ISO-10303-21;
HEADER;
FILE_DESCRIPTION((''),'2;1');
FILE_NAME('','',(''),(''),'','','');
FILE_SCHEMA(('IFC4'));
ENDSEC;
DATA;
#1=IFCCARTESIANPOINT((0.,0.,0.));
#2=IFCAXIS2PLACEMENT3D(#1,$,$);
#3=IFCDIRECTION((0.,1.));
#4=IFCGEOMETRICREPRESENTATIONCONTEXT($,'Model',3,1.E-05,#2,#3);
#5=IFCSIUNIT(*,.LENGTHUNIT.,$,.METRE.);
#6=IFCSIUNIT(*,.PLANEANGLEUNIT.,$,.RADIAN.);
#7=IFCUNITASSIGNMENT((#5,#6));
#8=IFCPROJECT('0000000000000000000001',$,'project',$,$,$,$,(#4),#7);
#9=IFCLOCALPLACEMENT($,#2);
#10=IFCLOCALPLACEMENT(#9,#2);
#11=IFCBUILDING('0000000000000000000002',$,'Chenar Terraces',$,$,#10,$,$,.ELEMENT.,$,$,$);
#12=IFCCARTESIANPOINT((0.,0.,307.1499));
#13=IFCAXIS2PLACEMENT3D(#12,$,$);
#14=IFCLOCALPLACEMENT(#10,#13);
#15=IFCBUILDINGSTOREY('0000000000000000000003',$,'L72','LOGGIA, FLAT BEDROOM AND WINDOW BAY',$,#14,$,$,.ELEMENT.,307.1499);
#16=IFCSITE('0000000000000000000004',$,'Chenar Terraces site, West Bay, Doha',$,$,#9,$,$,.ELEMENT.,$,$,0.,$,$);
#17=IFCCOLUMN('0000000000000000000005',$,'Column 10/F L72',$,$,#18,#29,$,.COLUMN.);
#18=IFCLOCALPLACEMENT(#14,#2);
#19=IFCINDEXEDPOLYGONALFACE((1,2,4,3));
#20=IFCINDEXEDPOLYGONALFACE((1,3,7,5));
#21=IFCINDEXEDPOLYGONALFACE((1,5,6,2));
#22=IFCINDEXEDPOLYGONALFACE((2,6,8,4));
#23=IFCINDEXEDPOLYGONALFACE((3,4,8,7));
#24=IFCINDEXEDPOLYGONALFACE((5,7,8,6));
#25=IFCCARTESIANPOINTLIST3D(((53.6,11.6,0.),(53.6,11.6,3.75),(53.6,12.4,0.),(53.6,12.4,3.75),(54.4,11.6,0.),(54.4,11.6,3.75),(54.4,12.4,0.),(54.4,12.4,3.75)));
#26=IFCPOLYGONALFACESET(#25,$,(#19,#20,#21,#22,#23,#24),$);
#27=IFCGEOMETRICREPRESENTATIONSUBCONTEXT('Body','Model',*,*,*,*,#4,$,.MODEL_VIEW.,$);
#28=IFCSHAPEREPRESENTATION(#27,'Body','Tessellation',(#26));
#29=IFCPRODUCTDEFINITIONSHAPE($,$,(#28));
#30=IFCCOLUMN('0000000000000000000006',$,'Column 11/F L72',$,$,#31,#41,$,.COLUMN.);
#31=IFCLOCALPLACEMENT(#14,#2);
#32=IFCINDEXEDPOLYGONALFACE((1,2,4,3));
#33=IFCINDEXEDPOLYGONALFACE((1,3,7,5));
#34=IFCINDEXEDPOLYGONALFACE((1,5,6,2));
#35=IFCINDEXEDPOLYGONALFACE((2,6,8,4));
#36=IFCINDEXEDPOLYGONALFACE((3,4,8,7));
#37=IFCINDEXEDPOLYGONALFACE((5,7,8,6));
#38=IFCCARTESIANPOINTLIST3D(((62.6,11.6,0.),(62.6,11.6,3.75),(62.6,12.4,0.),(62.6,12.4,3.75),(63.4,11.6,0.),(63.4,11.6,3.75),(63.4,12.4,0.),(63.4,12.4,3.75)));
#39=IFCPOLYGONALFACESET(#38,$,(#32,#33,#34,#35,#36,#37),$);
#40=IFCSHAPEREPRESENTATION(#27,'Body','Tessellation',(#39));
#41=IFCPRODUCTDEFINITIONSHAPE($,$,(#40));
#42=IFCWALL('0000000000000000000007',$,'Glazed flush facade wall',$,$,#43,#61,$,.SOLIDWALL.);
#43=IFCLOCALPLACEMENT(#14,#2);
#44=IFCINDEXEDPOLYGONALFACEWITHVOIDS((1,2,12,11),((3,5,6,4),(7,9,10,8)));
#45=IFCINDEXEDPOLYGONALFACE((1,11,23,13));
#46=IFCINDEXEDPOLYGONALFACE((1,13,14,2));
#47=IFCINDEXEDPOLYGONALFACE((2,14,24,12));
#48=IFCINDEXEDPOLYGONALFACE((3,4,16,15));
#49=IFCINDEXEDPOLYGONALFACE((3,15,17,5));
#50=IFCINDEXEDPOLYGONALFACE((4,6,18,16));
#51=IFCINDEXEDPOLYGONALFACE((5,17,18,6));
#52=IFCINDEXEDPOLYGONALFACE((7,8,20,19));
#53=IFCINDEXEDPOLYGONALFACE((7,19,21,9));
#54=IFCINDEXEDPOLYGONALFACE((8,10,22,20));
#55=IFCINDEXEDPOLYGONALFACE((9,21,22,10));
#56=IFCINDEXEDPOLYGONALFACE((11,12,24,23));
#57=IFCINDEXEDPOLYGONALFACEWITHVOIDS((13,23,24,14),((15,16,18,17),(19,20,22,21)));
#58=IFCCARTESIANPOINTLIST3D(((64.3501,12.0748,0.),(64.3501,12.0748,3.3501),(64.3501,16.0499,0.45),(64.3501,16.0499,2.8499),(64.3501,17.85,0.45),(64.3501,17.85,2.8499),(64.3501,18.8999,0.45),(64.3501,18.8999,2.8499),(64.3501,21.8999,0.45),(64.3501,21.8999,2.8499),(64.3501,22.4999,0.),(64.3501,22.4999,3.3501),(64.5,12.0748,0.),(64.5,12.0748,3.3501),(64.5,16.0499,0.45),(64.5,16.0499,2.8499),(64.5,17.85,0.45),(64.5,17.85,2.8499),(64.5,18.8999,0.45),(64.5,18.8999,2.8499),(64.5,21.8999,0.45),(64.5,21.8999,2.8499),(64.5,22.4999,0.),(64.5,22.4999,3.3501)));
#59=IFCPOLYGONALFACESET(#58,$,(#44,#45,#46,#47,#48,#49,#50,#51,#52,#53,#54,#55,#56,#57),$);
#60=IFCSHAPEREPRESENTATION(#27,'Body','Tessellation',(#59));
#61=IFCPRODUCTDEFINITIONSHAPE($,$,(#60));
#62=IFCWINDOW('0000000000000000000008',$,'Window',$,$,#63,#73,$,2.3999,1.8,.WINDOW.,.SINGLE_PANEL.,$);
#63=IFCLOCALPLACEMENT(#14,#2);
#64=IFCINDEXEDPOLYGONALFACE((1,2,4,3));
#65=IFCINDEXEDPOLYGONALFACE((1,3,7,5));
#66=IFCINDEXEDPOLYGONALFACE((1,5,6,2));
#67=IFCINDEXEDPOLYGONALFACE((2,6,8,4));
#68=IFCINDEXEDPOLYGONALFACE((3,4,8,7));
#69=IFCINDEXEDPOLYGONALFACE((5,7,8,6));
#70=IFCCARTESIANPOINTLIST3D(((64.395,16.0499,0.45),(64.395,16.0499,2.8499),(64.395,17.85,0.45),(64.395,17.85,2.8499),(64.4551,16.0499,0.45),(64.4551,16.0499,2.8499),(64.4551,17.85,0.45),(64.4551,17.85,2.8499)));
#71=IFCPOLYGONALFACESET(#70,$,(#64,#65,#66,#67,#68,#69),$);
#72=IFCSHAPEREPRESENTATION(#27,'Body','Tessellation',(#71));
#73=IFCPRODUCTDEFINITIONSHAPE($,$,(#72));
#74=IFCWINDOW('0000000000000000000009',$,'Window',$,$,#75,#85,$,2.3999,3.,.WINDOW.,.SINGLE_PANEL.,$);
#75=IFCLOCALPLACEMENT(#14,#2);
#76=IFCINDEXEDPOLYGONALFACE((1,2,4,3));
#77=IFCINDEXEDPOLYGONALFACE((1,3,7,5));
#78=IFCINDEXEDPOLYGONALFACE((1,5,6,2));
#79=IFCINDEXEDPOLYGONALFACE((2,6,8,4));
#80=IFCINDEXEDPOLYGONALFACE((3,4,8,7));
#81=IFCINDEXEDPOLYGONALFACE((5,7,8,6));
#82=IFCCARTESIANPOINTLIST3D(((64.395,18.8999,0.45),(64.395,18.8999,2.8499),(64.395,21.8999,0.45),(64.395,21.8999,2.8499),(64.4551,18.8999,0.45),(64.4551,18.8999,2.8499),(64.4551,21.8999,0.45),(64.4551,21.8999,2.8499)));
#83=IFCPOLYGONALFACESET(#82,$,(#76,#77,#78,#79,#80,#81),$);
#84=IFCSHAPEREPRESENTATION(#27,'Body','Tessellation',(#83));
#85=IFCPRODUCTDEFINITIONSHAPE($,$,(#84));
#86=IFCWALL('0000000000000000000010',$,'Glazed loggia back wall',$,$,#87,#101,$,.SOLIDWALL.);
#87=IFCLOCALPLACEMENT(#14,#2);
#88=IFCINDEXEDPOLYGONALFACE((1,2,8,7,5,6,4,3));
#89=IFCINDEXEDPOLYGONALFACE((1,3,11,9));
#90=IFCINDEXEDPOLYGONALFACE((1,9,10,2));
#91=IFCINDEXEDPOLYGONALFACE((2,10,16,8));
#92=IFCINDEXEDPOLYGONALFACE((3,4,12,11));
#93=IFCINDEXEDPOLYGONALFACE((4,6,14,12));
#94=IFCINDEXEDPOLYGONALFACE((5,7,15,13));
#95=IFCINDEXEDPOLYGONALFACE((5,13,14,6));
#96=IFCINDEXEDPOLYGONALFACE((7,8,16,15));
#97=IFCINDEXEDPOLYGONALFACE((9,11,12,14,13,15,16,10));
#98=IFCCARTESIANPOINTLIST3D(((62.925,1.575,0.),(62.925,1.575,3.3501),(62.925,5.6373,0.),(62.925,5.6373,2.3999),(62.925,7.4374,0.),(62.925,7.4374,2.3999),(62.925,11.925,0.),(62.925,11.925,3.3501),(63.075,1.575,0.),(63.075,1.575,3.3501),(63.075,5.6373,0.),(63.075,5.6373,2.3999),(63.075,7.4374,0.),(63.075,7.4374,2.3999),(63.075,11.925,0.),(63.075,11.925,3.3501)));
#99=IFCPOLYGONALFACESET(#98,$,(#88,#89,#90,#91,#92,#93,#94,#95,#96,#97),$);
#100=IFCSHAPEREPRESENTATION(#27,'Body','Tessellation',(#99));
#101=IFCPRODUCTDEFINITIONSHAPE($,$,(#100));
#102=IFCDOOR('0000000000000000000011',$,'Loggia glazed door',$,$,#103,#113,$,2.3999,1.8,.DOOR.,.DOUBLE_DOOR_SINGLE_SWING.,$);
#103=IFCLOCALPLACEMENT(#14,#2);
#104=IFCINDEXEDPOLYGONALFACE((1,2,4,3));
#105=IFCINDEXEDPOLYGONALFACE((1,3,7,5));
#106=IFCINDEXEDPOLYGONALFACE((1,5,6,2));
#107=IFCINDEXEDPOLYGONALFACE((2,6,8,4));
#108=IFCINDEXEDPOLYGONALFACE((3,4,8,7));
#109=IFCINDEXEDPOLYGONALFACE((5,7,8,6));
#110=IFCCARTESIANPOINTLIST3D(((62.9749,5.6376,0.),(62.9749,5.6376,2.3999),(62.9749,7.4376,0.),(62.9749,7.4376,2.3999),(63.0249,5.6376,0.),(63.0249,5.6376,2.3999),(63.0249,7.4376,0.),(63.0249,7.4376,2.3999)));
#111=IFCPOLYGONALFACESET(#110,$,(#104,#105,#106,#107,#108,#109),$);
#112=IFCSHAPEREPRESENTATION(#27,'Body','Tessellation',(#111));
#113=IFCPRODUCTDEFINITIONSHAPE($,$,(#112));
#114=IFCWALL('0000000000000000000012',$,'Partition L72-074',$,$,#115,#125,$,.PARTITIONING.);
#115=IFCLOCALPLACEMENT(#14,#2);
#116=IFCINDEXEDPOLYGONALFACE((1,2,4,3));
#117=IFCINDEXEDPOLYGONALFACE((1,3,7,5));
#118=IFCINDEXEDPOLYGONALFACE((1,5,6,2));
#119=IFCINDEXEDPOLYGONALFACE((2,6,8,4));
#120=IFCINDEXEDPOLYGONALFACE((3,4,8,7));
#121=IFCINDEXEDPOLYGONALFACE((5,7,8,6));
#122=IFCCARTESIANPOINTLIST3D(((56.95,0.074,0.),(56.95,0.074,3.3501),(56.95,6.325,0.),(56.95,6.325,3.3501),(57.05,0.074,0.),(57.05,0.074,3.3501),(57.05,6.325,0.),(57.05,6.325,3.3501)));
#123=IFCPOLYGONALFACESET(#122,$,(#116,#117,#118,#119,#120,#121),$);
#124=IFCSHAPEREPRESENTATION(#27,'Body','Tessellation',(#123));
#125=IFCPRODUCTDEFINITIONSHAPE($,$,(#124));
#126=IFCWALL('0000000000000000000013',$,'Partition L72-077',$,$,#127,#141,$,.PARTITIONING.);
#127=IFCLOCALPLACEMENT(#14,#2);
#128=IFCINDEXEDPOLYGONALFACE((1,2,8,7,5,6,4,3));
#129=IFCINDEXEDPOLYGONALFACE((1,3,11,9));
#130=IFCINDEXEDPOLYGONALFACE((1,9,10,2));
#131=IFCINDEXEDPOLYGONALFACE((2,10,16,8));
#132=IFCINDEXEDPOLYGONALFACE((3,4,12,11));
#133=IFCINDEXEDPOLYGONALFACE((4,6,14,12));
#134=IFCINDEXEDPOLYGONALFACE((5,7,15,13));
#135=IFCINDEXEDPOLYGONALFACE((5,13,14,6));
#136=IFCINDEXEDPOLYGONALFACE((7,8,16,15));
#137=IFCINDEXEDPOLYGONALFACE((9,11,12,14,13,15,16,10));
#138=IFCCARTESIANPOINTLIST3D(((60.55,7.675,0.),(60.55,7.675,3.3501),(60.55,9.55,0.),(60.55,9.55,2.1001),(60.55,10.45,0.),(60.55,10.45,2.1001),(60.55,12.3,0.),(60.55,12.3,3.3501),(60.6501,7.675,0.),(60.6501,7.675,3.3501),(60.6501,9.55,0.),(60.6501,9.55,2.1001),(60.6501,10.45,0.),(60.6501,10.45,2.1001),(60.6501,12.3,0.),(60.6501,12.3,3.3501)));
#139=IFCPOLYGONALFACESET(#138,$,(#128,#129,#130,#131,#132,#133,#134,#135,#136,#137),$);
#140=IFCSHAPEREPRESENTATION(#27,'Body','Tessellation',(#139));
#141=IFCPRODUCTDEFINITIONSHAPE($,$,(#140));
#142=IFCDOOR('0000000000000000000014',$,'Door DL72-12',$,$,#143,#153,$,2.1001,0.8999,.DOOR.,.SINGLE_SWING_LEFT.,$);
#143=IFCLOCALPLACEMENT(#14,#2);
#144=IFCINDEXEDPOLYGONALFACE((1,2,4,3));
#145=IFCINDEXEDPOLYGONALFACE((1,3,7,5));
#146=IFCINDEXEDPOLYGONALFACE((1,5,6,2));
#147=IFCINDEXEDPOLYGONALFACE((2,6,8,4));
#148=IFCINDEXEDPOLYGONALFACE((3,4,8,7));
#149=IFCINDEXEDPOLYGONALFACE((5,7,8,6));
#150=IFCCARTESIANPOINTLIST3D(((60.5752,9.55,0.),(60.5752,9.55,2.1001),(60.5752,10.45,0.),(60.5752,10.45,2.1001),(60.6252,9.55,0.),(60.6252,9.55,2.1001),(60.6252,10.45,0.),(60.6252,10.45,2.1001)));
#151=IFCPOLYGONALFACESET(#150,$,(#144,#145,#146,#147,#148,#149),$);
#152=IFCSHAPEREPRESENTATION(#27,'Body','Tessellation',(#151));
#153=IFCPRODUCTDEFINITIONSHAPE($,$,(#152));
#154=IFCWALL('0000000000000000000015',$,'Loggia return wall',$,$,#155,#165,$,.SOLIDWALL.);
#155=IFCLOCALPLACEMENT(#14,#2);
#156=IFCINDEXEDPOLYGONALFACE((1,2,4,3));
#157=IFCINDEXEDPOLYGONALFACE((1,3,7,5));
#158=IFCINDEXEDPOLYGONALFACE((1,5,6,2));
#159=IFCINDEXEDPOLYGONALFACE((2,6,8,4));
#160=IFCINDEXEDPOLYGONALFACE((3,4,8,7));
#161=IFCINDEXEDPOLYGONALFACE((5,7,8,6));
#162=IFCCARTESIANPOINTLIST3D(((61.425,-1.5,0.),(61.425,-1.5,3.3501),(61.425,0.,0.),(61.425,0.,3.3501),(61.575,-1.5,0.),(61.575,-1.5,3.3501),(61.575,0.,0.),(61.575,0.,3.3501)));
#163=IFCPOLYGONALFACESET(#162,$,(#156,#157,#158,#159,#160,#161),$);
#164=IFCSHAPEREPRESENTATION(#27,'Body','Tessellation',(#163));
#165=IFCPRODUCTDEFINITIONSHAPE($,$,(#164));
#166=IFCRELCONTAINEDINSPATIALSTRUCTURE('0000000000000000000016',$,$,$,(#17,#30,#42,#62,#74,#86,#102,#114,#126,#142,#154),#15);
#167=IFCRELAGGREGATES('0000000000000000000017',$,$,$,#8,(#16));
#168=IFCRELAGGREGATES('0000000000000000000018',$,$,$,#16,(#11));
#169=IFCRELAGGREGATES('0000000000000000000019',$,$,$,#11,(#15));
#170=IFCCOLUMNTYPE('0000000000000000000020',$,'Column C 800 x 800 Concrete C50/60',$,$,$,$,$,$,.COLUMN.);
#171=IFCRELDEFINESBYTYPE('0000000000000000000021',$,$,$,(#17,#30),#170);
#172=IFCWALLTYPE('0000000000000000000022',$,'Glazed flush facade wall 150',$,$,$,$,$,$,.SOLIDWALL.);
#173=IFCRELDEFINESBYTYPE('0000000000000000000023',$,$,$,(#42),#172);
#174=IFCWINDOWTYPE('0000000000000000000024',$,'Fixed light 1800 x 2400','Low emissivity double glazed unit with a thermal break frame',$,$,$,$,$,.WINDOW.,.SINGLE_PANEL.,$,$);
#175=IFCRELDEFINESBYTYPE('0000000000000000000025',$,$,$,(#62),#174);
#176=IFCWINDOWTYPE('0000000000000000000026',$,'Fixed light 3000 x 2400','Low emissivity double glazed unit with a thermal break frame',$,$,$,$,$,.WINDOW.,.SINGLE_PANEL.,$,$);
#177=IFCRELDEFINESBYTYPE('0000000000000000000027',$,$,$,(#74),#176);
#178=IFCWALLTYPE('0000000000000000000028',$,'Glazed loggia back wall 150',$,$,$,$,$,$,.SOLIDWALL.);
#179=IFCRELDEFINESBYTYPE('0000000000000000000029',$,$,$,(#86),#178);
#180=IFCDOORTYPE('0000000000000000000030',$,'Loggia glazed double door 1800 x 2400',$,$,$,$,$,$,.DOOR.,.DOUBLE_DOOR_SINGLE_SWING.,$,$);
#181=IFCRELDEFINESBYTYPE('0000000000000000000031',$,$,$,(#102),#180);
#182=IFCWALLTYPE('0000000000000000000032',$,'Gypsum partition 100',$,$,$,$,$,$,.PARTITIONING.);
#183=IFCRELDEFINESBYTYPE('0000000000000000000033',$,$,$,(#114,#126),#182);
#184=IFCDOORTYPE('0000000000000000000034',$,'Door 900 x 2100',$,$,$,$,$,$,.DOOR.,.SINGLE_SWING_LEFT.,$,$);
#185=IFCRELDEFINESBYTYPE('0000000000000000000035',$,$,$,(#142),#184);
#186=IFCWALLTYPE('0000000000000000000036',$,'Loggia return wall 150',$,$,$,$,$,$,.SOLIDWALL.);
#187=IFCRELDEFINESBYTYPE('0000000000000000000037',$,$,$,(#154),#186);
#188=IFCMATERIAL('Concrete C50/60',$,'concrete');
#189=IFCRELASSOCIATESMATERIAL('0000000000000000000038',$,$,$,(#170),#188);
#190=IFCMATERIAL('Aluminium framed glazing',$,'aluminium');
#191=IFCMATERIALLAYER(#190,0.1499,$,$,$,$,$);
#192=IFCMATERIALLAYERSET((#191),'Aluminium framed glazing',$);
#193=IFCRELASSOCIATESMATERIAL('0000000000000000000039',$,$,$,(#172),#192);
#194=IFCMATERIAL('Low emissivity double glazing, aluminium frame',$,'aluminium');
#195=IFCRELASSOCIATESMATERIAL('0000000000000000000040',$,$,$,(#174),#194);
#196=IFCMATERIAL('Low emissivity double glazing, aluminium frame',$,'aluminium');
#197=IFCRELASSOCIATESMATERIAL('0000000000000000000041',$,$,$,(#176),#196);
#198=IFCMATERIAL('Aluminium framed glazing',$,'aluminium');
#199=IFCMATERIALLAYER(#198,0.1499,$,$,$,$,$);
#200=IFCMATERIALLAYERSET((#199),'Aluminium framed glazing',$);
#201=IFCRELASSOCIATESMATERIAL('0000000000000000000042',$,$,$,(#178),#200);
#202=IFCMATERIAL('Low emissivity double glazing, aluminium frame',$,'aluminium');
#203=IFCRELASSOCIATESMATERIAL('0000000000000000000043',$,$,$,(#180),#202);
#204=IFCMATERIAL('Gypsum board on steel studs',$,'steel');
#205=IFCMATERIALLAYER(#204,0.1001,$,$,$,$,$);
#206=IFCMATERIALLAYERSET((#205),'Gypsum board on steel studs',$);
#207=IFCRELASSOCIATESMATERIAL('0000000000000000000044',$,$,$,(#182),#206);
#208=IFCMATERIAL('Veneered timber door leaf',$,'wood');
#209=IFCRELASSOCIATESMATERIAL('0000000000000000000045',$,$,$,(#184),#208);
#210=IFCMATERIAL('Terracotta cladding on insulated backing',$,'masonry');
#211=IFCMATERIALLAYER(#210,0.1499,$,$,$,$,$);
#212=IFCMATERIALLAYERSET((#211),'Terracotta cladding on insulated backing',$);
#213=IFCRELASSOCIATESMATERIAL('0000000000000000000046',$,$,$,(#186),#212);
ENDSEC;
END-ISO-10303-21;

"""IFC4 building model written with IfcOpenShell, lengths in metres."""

from ifc_helpers import new_model, si_unit, direction, frame, frame_2d, origin, origin_2d, place, context, subcontext, project, spatial, rectangle, extrude, material, layer, layer_set, material_profile, profile_set, type_object, element, fill, save


model = new_model("IFC4")

# Units and contexts
model_context = context("Model", 3, precision=1e-05, world=origin(), true_north=direction((0.0, 1.0)))
body_context = subcontext(model_context, "Body", "Model", "MODEL_VIEW")
ifc_project = project(units=[si_unit("LENGTHUNIT", "METRE"), si_unit("PLANEANGLEUNIT", "RADIAN")], contexts=[model_context])

# Site, building, storey
site_placement = place(None, origin())
site = spatial("IfcSite", under=ifc_project, at=site_placement, Name="Chenar Terraces site, West Bay, Doha", CompositionType="ELEMENT", RefElevation=0.0)
building_placement = place(site_placement, origin())
building = spatial("IfcBuilding", under=site, at=building_placement, Name="Chenar Terraces", CompositionType="ELEMENT")
storey_placement = place(building_placement, frame((0.0, 0.0, 307.1499)))
storey = spatial("IfcBuildingStorey", under=building, at=storey_placement, Name="L72", Description="LOGGIA, FLAT BEDROOM AND WINDOW BAY", CompositionType="ELEMENT", Elevation=307.1499)

# Columns
ifc_material_1 = material(Name="Concrete C50/60", Category="concrete")
ifc_material_profile = material_profile(ifc_material_1, rectangle(XDim=0.8, YDim=0.8, at=origin_2d()), Name="C 800 x 800")
ifc_profile_set = profile_set([ifc_material_profile], Name="Concrete C50/60")
column_type = type_object("IfcColumnType", Name="Column C 800 x 800 Concrete C50/60", PredefinedType="COLUMN", material=ifc_profile_set)
for number, where, z_axis, x_axis, name in (
    (1, (54.0, 12.0, 0.0), (0.0, 0.0, 1.0), (1.0, 0.0, 0.0), "Column 10/F L72"),
    (2, (63.0, 12.0, 0.0), (0.0, 0.0, 1.0), (1.0, 0.0, 0.0), "Column 11/F L72"),
):
    element("IfcColumn", number, at=place(storey_placement, frame(where, z_axis=z_axis, x_axis=x_axis)), inside=storey, type_object=column_type, Name=name, PredefinedType="COLUMN", context=body_context, shape_type="SweptSolid", body=[
        extrude(rectangle(XDim=0.8, YDim=0.8, at=origin_2d()), origin(), (0.0, 0.0, 1.0), 3.75),
    ])

# Wall, openings, windows
ifc_material_2 = material(Name="Aluminium framed glazing", Category="aluminium")
ifc_layer_1 = layer(ifc_material_2, 0.1499)
ifc_layer_set_1 = layer_set([ifc_layer_1], Name="Aluminium framed glazing")
wall_type_1 = type_object("IfcWallType", Name="Glazed flush facade wall 150", PredefinedType="SOLIDWALL", material=ifc_layer_set_1)
wall_1_placement = place(storey_placement, frame((64.425, 12.075, 0.0), z_axis=(0.0, 0.0, 1.0), x_axis=(0.0, 1.0, 0.0)))
wall_1 = element("IfcWall", 3, at=wall_1_placement, inside=storey, type_object=wall_type_1, Name="Glazed flush facade wall", PredefinedType="SOLIDWALL", context=body_context, shape_type="SweptSolid", body=[
    extrude(rectangle(XDim=10.425, YDim=0.1499, at=frame_2d((5.2124, 0.0))), origin(), (0.0, 0.0, 1.0), 3.3501),
])
opening_1_placement = place(wall_1_placement, frame((3.9751, 0.0, 0.45)))
opening_1 = element("IfcOpeningElement", 4, at=opening_1_placement, cuts=wall_1, PredefinedType="OPENING", context=body_context, shape_type="SweptSolid", body=[
    extrude(rectangle(XDim=1.8, YDim=2.3999, at=frame_2d((0.8999, 1.2))), frame((0.0, 0.085, 0.0), z_axis=(0.0, -1.0, 0.0), x_axis=(1.0, 0.0, 0.0)), (0.0, 0.0, 1.0), 0.1699),
])
opening_2_placement = place(wall_1_placement, frame((6.825, 0.0, 0.45)))
opening_2 = element("IfcOpeningElement", 5, at=opening_2_placement, cuts=wall_1, PredefinedType="OPENING", context=body_context, shape_type="SweptSolid", body=[
    extrude(rectangle(XDim=3.0, YDim=2.3999, at=frame_2d((1.5, 1.2))), frame((0.0, 0.085, 0.0), z_axis=(0.0, -1.0, 0.0), x_axis=(1.0, 0.0, 0.0)), (0.0, 0.0, 1.0), 0.1699),
])
ifc_material_3 = material(Name="Low emissivity double glazing, aluminium frame", Category="aluminium")
window_type_1 = type_object("IfcWindowType", Name="Fixed light 1800 x 2400", Description="Low emissivity double glazed unit with a thermal break frame", PartitioningType="SINGLE_PANEL", PredefinedType="WINDOW", material=ifc_material_3)
window_1_placement = place(opening_1_placement, origin())
window_1 = element("IfcWindow", 6, at=window_1_placement, inside=storey, type_object=window_type_1, Name="Window", OverallHeight=2.3999, OverallWidth=1.8, PartitioningType="SINGLE_PANEL", PredefinedType="WINDOW", context=body_context, shape_type="SweptSolid", body=[
    extrude(rectangle(XDim=1.8, YDim=2.3999, at=frame_2d((0.8999, 1.2))), frame((0.0, 0.03, 0.0), z_axis=(0.0, -1.0, 0.0), x_axis=(1.0, 0.0, 0.0)), (0.0, 0.0, 1.0), 0.0601),
])
fill(opening_1, window_1)
ifc_material_4 = material(Name="Low emissivity double glazing, aluminium frame", Category="aluminium")
window_type_2 = type_object("IfcWindowType", Name="Fixed light 3000 x 2400", Description="Low emissivity double glazed unit with a thermal break frame", PartitioningType="SINGLE_PANEL", PredefinedType="WINDOW", material=ifc_material_4)
window_2_placement = place(opening_2_placement, origin())
window_2 = element("IfcWindow", 7, at=window_2_placement, inside=storey, type_object=window_type_2, Name="Window", OverallHeight=2.3999, OverallWidth=3.0, PartitioningType="SINGLE_PANEL", PredefinedType="WINDOW", context=body_context, shape_type="SweptSolid", body=[
    extrude(rectangle(XDim=3.0, YDim=2.3999, at=frame_2d((1.5, 1.2))), frame((0.0, 0.03, 0.0), z_axis=(0.0, -1.0, 0.0), x_axis=(1.0, 0.0, 0.0)), (0.0, 0.0, 1.0), 0.0601),
])
fill(opening_2, window_2)

# Wall, opening, door
ifc_material_5 = material(Name="Aluminium framed glazing", Category="aluminium")
ifc_layer_2 = layer(ifc_material_5, 0.1499)
ifc_layer_set_2 = layer_set([ifc_layer_2], Name="Aluminium framed glazing")
wall_type_2 = type_object("IfcWallType", Name="Glazed loggia back wall 150", PredefinedType="SOLIDWALL", material=ifc_layer_set_2)
wall_2_placement = place(storey_placement, frame((63.0, 1.575, 0.0), z_axis=(0.0, 0.0, 1.0), x_axis=(0.0, 1.0, 0.0)))
wall_2 = element("IfcWall", 8, at=wall_2_placement, inside=storey, type_object=wall_type_2, Name="Glazed loggia back wall", PredefinedType="SOLIDWALL", context=body_context, shape_type="SweptSolid", body=[
    extrude(rectangle(XDim=10.3501, YDim=0.1499, at=frame_2d((5.175, 0.0))), origin(), (0.0, 0.0, 1.0), 3.3501),
])
opening_3_placement = place(wall_2_placement, frame((4.0625, 0.0, 0.0)))
opening_3 = element("IfcOpeningElement", 9, at=opening_3_placement, cuts=wall_2, PredefinedType="OPENING", context=body_context, shape_type="SweptSolid", body=[
    extrude(rectangle(XDim=1.8, YDim=2.3999, at=frame_2d((0.8999, 1.2))), frame((0.0, 0.085, 0.0), z_axis=(0.0, -1.0, 0.0), x_axis=(1.0, 0.0, 0.0)), (0.0, 0.0, 1.0), 0.1699),
])
ifc_material_6 = material(Name="Low emissivity double glazing, aluminium frame", Category="aluminium")
door_type_1 = type_object("IfcDoorType", Name="Loggia glazed double door 1800 x 2400", OperationType="DOUBLE_DOOR_SINGLE_SWING", PredefinedType="DOOR", material=ifc_material_6)
door_1_placement = place(opening_3_placement, frame((1.8, 0.0, 0.0), z_axis=(0.0, 0.0, 1.0), x_axis=(-1.0, 0.0, 0.0)))
door_1 = element("IfcDoor", 10, at=door_1_placement, inside=storey, type_object=door_type_1, Name="Loggia glazed door", OperationType="DOUBLE_DOOR_SINGLE_SWING", OverallHeight=2.3999, OverallWidth=1.8, PredefinedType="DOOR", context=body_context, shape_type="SweptSolid", body=[
    extrude(rectangle(XDim=1.8, YDim=2.3999, at=frame_2d((0.8999, 1.2))), frame((0.0, 0.0249, 0.0), z_axis=(0.0, -1.0, 0.0), x_axis=(1.0, 0.0, 0.0)), (0.0, 0.0, 1.0), 0.05),
])
fill(opening_3, door_1)

# Wall
ifc_material_7 = material(Name="Gypsum board on steel studs", Category="steel")
ifc_layer_3 = layer(ifc_material_7, 0.1001)
ifc_layer_set_3 = layer_set([ifc_layer_3], Name="Gypsum board on steel studs")
wall_type_3 = type_object("IfcWallType", Name="Gypsum partition 100", PredefinedType="PARTITIONING", material=ifc_layer_set_3)
wall_3_placement = place(storey_placement, frame((57.0, 0.074, 0.0), z_axis=(0.0, 0.0, 1.0), x_axis=(0.0, 1.0, 0.0)))
element("IfcWall", 11, at=wall_3_placement, inside=storey, type_object=wall_type_3, Name="Partition L72-074", PredefinedType="PARTITIONING", context=body_context, shape_type="SweptSolid", body=[
    extrude(rectangle(XDim=6.251, YDim=0.1001, at=frame_2d((3.1255, 0.0))), origin(), (0.0, 0.0, 1.0), 3.3501),
])

# Wall, opening, door
wall_4_placement = place(storey_placement, frame((60.6001, 7.675, 0.0), z_axis=(0.0, 0.0, 1.0), x_axis=(0.0, 1.0, 0.0)))
wall_4 = element("IfcWall", 12, at=wall_4_placement, inside=storey, type_object=wall_type_3, Name="Partition L72-077", PredefinedType="PARTITIONING", context=body_context, shape_type="SweptSolid", body=[
    extrude(rectangle(XDim=4.625, YDim=0.1001, at=frame_2d((2.3125, 0.0))), origin(), (0.0, 0.0, 1.0), 3.3501),
])
opening_4_placement = place(wall_4_placement, frame((1.875, 0.0, 0.0)))
opening_4 = element("IfcOpeningElement", 13, at=opening_4_placement, cuts=wall_4, PredefinedType="OPENING", context=body_context, shape_type="SweptSolid", body=[
    extrude(rectangle(XDim=0.8999, YDim=2.1001, at=frame_2d((0.45, 1.05))), frame((0.0, 0.0601, 0.0), z_axis=(0.0, -1.0, 0.0), x_axis=(1.0, 0.0, 0.0)), (0.0, 0.0, 1.0), 0.1201),
])
ifc_material_8 = material(Name="Veneered timber door leaf", Category="wood")
door_type_2 = type_object("IfcDoorType", Name="Door 900 x 2100", OperationType="SINGLE_SWING_LEFT", PredefinedType="DOOR", material=ifc_material_8)
door_2_placement = place(opening_4_placement, origin())
door_2 = element("IfcDoor", 14, at=door_2_placement, inside=storey, type_object=door_type_2, Name="Door DL72-12", OperationType="SINGLE_SWING_LEFT", OverallHeight=2.1001, OverallWidth=0.8999, PredefinedType="DOOR", context=body_context, shape_type="SweptSolid", body=[
    extrude(rectangle(XDim=0.8999, YDim=2.1001, at=frame_2d((0.45, 1.05))), frame((0.0, 0.0249, 0.0), z_axis=(0.0, -1.0, 0.0), x_axis=(1.0, 0.0, 0.0)), (0.0, 0.0, 1.0), 0.05),
])
fill(opening_4, door_2)

# Wall
ifc_material_9 = material(Name="Terracotta cladding on insulated backing", Category="masonry")
ifc_layer_4 = layer(ifc_material_9, 0.1499)
ifc_layer_set_4 = layer_set([ifc_layer_4], Name="Terracotta cladding on insulated backing")
wall_type_4 = type_object("IfcWallType", Name="Loggia return wall 150", PredefinedType="SOLIDWALL", material=ifc_layer_set_4)
for number, where, z_axis, x_axis, name in (
    (15, (61.5, -1.5, 0.0), (0.0, 0.0, 1.0), (0.0, 1.0, 0.0), "Loggia return wall"),
):
    element("IfcWall", number, at=place(storey_placement, frame(where, z_axis=z_axis, x_axis=x_axis)), inside=storey, type_object=wall_type_4, Name=name, PredefinedType="SOLIDWALL", context=body_context, shape_type="SweptSolid", body=[
        extrude(rectangle(XDim=1.5, YDim=0.1499, at=frame_2d((0.75, 0.0))), origin(), (0.0, 0.0, 1.0), 3.3501),
    ])

save(model, "model.ifc")
